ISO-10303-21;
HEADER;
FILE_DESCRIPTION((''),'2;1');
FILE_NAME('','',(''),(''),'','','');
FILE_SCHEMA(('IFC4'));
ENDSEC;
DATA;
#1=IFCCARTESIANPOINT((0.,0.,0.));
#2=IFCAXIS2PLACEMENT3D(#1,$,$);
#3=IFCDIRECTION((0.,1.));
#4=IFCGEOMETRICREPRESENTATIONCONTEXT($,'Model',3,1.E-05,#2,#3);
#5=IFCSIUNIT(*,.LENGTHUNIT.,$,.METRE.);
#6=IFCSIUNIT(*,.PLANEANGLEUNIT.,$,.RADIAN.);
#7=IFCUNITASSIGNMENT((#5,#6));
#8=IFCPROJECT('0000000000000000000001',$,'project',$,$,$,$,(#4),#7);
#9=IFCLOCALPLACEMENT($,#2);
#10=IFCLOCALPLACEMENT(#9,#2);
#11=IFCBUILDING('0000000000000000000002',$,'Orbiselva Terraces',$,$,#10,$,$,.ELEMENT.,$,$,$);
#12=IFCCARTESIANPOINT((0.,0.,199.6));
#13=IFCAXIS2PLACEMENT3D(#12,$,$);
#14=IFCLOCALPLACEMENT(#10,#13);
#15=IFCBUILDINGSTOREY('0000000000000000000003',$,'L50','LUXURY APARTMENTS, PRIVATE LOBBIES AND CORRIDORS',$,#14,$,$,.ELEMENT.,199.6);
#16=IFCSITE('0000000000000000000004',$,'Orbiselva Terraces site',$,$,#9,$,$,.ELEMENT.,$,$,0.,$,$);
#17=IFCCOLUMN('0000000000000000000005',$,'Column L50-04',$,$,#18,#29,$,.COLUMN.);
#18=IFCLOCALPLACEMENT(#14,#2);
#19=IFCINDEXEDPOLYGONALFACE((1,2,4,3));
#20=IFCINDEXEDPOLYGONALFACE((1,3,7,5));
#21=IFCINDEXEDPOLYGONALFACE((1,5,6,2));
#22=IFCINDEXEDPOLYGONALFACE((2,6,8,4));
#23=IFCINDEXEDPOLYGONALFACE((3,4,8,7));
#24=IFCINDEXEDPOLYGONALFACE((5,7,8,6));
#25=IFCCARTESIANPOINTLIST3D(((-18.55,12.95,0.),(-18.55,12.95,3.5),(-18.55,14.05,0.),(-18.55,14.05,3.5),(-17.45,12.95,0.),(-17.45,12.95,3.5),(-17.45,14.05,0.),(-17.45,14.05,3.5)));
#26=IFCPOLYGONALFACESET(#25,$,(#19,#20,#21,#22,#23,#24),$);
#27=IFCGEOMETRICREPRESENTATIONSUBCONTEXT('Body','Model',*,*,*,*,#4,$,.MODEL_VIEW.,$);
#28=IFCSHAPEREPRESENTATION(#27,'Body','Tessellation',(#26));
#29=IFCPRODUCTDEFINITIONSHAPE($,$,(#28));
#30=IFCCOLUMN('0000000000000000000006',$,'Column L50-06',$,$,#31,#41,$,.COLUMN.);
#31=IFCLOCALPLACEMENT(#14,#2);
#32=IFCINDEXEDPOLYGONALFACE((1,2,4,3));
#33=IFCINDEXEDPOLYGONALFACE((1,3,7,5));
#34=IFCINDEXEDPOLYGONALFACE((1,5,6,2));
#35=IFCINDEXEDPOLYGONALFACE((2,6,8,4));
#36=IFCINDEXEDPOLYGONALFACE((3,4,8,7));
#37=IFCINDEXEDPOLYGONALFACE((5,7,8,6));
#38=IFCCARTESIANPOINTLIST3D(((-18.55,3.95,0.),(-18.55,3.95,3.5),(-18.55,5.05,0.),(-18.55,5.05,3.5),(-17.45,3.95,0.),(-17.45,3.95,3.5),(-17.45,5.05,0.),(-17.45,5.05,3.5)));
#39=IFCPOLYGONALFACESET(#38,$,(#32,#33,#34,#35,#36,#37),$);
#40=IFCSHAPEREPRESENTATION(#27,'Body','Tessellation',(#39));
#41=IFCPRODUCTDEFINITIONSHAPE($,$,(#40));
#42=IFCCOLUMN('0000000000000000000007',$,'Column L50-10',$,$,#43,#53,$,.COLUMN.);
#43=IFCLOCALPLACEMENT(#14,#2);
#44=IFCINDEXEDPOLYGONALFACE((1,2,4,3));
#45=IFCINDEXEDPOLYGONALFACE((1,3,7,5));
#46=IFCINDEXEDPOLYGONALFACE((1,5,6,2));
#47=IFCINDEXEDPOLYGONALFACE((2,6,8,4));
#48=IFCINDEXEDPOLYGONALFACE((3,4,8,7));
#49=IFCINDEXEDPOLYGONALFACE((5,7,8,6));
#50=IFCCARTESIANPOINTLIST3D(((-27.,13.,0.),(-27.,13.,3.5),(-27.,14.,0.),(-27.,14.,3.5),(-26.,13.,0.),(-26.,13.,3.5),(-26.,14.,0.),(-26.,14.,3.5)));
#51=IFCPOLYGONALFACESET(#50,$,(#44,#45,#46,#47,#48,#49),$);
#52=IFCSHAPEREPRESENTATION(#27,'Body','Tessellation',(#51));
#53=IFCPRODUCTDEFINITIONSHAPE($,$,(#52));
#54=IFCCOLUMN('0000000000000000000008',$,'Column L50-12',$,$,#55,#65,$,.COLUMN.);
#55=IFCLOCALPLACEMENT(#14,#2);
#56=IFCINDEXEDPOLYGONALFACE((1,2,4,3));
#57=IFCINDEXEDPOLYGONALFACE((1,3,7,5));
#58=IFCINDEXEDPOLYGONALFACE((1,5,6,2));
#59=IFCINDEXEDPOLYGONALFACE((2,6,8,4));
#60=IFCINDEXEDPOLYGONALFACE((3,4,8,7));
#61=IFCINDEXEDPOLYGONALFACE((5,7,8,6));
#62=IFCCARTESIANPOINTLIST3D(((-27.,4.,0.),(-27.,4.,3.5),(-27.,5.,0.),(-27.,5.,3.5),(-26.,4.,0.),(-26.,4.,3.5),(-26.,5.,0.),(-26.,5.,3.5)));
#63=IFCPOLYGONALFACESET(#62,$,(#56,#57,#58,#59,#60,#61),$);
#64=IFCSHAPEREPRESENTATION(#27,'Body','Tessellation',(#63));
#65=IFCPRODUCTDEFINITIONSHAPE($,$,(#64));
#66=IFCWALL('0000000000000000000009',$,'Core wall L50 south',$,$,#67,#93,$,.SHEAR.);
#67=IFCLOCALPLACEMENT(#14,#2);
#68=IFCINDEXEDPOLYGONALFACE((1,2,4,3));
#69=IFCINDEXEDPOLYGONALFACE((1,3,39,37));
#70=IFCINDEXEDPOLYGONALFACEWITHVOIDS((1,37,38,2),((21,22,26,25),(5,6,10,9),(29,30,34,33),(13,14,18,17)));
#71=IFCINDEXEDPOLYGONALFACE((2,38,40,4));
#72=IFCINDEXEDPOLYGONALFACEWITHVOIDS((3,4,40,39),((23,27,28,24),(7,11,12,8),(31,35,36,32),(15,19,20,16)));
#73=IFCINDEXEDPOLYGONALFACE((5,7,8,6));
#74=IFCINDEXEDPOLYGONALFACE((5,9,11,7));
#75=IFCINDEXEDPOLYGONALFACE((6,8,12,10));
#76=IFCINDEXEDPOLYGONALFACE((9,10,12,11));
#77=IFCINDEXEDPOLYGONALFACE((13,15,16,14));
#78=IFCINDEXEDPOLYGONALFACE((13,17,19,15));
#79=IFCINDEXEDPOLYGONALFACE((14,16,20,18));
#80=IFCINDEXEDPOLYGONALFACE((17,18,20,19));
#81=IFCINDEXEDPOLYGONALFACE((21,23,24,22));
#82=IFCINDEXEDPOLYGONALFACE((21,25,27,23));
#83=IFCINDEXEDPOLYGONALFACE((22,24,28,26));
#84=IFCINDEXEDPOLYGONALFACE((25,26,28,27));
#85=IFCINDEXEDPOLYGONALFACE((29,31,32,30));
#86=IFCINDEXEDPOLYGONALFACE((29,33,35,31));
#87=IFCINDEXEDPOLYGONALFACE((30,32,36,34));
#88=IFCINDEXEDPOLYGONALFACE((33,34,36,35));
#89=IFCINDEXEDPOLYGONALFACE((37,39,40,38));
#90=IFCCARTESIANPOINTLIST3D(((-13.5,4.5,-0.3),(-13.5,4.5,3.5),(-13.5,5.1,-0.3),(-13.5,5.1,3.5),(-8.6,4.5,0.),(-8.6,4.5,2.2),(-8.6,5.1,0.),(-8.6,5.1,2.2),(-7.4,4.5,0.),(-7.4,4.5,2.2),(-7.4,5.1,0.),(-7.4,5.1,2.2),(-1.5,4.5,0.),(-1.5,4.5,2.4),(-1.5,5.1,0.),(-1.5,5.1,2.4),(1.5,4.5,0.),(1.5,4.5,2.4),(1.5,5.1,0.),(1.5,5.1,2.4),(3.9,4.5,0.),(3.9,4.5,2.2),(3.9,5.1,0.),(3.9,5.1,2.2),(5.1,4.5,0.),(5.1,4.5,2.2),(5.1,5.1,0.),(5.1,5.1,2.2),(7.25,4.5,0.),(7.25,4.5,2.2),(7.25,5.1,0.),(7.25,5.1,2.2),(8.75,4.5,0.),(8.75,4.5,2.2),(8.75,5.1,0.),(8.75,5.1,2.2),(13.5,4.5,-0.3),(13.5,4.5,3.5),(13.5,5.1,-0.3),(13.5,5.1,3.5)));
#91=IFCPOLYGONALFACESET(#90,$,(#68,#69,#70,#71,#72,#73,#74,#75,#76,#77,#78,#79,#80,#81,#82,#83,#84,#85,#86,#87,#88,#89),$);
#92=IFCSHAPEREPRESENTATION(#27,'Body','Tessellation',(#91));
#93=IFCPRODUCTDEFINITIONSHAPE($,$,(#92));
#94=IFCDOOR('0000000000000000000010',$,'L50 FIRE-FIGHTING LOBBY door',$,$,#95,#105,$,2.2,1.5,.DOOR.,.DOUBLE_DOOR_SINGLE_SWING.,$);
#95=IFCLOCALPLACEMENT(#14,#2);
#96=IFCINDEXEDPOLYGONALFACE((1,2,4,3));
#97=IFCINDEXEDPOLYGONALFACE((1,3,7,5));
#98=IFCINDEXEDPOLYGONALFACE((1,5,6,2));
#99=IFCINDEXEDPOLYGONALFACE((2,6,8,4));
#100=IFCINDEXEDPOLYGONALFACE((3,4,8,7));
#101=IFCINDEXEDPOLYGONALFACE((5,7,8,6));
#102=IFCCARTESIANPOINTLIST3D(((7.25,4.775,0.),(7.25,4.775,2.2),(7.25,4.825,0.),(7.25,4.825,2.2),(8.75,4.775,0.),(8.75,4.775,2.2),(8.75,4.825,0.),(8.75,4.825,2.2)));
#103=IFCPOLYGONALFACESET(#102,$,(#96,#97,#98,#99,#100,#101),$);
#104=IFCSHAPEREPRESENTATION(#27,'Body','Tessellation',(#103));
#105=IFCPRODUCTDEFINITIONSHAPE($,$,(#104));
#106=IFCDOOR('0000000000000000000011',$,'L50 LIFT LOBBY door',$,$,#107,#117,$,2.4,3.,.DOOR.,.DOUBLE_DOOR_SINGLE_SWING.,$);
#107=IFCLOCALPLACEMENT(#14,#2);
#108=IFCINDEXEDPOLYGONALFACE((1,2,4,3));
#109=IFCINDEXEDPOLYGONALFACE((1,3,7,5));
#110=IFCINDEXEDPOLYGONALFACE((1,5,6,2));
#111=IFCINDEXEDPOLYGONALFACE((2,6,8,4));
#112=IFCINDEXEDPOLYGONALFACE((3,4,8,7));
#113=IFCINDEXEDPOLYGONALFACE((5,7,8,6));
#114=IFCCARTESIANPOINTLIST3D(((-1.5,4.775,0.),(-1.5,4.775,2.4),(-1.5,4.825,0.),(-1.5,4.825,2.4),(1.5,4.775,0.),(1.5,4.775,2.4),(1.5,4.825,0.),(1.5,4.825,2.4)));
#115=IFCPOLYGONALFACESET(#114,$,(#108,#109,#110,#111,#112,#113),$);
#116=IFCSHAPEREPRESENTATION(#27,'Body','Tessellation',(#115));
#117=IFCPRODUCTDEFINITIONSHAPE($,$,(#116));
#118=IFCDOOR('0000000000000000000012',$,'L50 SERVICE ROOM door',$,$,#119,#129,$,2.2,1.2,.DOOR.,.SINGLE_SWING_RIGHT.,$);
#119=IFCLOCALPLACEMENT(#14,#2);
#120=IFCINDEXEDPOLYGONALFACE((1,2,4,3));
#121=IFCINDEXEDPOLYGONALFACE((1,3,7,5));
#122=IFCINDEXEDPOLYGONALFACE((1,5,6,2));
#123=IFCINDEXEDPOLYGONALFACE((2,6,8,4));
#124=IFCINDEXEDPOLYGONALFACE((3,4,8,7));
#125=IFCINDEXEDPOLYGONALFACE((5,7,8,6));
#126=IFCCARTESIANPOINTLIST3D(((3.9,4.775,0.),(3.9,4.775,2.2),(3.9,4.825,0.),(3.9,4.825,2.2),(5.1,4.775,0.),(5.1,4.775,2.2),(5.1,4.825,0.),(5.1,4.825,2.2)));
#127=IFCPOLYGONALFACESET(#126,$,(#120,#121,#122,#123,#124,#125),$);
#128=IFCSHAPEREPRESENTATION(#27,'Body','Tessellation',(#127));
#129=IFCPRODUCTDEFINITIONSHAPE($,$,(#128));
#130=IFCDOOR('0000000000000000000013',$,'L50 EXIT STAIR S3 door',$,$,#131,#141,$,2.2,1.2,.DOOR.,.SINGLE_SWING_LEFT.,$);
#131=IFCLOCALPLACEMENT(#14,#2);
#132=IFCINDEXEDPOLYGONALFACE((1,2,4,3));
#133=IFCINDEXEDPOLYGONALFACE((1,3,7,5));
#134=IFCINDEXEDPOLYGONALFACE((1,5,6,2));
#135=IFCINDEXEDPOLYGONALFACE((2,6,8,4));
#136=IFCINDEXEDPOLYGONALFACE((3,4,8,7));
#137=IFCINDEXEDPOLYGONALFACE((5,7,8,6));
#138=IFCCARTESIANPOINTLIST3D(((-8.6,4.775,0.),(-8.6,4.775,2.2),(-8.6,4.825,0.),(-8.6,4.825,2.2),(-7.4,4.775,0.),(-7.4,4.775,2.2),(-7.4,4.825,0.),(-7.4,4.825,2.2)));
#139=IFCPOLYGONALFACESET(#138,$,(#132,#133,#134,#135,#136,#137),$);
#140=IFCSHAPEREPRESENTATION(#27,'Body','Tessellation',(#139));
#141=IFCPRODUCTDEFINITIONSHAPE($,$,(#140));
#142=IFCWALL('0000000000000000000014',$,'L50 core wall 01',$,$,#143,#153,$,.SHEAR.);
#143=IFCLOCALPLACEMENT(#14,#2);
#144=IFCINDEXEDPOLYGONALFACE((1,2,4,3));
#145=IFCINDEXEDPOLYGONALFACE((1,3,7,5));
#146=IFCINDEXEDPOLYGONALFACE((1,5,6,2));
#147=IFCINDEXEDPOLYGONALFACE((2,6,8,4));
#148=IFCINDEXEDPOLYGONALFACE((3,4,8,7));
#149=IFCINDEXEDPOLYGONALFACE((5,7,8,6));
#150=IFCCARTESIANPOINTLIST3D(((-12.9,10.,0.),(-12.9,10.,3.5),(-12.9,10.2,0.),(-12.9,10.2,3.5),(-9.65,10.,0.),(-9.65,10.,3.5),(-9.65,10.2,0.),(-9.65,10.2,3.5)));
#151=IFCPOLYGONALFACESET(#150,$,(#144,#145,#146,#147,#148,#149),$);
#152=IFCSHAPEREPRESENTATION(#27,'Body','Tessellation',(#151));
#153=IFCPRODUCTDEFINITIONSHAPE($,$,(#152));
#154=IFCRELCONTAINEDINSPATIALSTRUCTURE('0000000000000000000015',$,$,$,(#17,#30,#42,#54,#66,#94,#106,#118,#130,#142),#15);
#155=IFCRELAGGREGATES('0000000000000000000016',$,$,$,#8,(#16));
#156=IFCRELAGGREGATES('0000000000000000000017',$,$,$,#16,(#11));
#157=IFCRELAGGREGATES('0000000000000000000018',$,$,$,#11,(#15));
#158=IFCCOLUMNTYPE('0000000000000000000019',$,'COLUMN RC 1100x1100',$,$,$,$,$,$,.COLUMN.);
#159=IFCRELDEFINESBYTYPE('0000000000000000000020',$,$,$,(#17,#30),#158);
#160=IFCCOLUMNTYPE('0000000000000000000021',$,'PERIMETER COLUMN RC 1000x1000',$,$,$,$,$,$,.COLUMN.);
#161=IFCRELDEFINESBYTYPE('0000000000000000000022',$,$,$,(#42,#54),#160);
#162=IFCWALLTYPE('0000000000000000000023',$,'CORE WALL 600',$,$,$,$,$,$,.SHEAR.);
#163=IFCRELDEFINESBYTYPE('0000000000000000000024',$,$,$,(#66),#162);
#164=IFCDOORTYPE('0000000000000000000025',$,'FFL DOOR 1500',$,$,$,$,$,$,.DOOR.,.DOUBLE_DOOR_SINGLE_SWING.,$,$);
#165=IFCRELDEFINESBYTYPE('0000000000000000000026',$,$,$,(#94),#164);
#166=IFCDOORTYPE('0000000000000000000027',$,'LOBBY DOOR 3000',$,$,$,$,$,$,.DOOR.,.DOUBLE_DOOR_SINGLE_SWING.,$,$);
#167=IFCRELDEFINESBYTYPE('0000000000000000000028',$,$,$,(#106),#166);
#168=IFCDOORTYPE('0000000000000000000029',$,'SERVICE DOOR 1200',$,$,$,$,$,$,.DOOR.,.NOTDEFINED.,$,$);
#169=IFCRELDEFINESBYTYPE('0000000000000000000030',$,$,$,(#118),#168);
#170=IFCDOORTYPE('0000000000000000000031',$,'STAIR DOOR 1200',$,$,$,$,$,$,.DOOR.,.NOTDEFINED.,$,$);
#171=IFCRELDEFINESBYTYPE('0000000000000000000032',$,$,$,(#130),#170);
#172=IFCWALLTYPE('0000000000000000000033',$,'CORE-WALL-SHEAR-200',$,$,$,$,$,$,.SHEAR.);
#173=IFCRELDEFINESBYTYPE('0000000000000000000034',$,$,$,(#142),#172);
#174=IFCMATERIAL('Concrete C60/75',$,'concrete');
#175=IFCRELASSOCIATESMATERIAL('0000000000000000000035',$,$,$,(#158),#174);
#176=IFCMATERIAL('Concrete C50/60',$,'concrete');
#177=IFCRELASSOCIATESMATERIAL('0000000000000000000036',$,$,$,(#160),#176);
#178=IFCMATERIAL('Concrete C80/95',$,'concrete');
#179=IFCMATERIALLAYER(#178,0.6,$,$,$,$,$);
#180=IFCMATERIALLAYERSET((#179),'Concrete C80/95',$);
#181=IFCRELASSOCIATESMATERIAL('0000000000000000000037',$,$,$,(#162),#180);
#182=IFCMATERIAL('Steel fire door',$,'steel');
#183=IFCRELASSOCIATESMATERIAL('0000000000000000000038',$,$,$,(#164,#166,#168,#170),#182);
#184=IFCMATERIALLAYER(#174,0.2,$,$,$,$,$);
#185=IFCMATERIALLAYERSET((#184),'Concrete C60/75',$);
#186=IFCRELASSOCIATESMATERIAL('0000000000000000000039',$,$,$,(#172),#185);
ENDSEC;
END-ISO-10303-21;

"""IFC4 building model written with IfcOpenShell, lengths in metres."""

from ifc_helpers import new_model, si_unit, direction, frame, frame_2d, origin, origin_2d, place, context, subcontext, project, spatial, rectangle, extrude, material, layer, layer_set, material_profile, profile_set, type_object, element, fill, save


model = new_model("IFC4")

# Units and contexts
model_context = context("Model", 3, precision=1e-05, world=origin(), true_north=direction((0.0, 1.0)))
body_context = subcontext(model_context, "Body", "Model", "MODEL_VIEW")
ifc_project = project(units=[si_unit("LENGTHUNIT", "METRE"), si_unit("PLANEANGLEUNIT", "RADIAN")], contexts=[model_context])

# Site, building, storey
site_placement = place(None, origin())
site = spatial("IfcSite", under=ifc_project, at=site_placement, Name="Orbiselva Terraces site", CompositionType="ELEMENT", RefElevation=0.0)
building_placement = place(site_placement, origin())
building = spatial("IfcBuilding", under=site, at=building_placement, Name="Orbiselva Terraces", CompositionType="ELEMENT")
storey_placement = place(building_placement, frame((0.0, 0.0, 199.6)))
storey = spatial("IfcBuildingStorey", under=building, at=storey_placement, Name="L50", Description="LUXURY APARTMENTS, PRIVATE LOBBIES AND CORRIDORS", CompositionType="ELEMENT", Elevation=199.6)

# Columns
ifc_material_1 = material(Name="Concrete C60/75", Category="concrete")
ifc_material_profile_1 = material_profile(ifc_material_1, rectangle(XDim=1.1, YDim=1.1, at=origin_2d()), Name="RC 1100x1100")
ifc_profile_set_1 = profile_set([ifc_material_profile_1], Name="Concrete C60/75")
column_type_1 = type_object("IfcColumnType", Name="COLUMN RC 1100x1100", PredefinedType="COLUMN", material=ifc_profile_set_1)
for number, where, z_axis, x_axis, name in (
    (1, (-18.0, 13.5, 0.0), (0.0, 0.0, 1.0), (1.0, 0.0, 0.0), "Column L50-04"),
    (2, (-18.0, 4.5, 0.0), (0.0, 0.0, 1.0), (1.0, 0.0, 0.0), "Column L50-06"),
):
    element("IfcColumn", number, at=place(storey_placement, frame(where, z_axis=z_axis, x_axis=x_axis)), inside=storey, type_object=column_type_1, Name=name, PredefinedType="COLUMN", context=body_context, shape_type="SweptSolid", body=[
        extrude(rectangle(XDim=1.1, YDim=1.1, at=origin_2d()), origin(), (0.0, 0.0, 1.0), 3.5),
    ])
ifc_material_2 = material(Name="Concrete C50/60", Category="concrete")
ifc_material_profile_2 = material_profile(ifc_material_2, rectangle(XDim=1.0, YDim=1.0, at=origin_2d()), Name="RC 1000x1000")
ifc_profile_set_2 = profile_set([ifc_material_profile_2], Name="Concrete C50/60")
column_type_2 = type_object("IfcColumnType", Name="PERIMETER COLUMN RC 1000x1000", PredefinedType="COLUMN", material=ifc_profile_set_2)
for number, where, z_axis, x_axis, name in (
    (3, (-26.5, 13.5, 0.0), (0.0, 0.0, 1.0), (1.0, 0.0, 0.0), "Column L50-10"),
    (4, (-26.5, 4.5, 0.0), (0.0, 0.0, 1.0), (1.0, 0.0, 0.0), "Column L50-12"),
):
    element("IfcColumn", number, at=place(storey_placement, frame(where, z_axis=z_axis, x_axis=x_axis)), inside=storey, type_object=column_type_2, Name=name, PredefinedType="COLUMN", context=body_context, shape_type="SweptSolid", body=[
        extrude(rectangle(XDim=1.0, YDim=1.0, at=origin_2d()), origin(), (0.0, 0.0, 1.0), 3.5),
    ])

# Wall, openings, doors
ifc_material_3 = material(Name="Concrete C80/95", Category="concrete")
ifc_layer_1 = layer(ifc_material_3, 0.6)
ifc_layer_set_1 = layer_set([ifc_layer_1], Name="Concrete C80/95")
wall_type_1 = type_object("IfcWallType", Name="CORE WALL 600", PredefinedType="SHEAR", material=ifc_layer_set_1)
wall_1_placement = place(storey_placement, frame((-13.5, 4.8, -0.3), z_axis=(0.0, 0.0, 1.0), x_axis=(1.0, 0.0, 0.0)))
wall_1 = element("IfcWall", 5, at=wall_1_placement, inside=storey, type_object=wall_type_1, Name="Core wall L50 south", PredefinedType="SHEAR", context=body_context, shape_type="SweptSolid", body=[
    extrude(rectangle(XDim=27.0, YDim=0.6, at=frame_2d((13.5, 0.0))), origin(), (0.0, 0.0, 1.0), 3.8),
])
opening_1_placement = place(wall_1_placement, frame((12.0, 0.0, 0.3)))
opening_1 = element("IfcOpeningElement", 6, at=opening_1_placement, cuts=wall_1, PredefinedType="OPENING", context=body_context, shape_type="SweptSolid", body=[
    extrude(rectangle(XDim=3.0, YDim=2.4, at=frame_2d((1.5, 1.2))), frame((0.0, 0.31, 0.0), z_axis=(0.0, -1.0, 0.0), x_axis=(1.0, 0.0, 0.0)), (0.0, 0.0, 1.0), 0.62),
])
opening_2_placement = place(wall_1_placement, frame((4.9, 0.0, 0.3)))
opening_2 = element("IfcOpeningElement", 7, at=opening_2_placement, cuts=wall_1, PredefinedType="OPENING", context=body_context, shape_type="SweptSolid", body=[
    extrude(rectangle(XDim=1.2, YDim=2.2, at=frame_2d((0.6, 1.1))), frame((0.0, 0.31, 0.0), z_axis=(0.0, -1.0, 0.0), x_axis=(1.0, 0.0, 0.0)), (0.0, 0.0, 1.0), 0.62),
])
opening_3_placement = place(wall_1_placement, frame((20.75, 0.0, 0.3)))
opening_3 = element("IfcOpeningElement", 8, at=opening_3_placement, cuts=wall_1, PredefinedType="OPENING", context=body_context, shape_type="SweptSolid", body=[
    extrude(rectangle(XDim=1.5, YDim=2.2, at=frame_2d((0.75, 1.1))), frame((0.0, 0.31, 0.0), z_axis=(0.0, -1.0, 0.0), x_axis=(1.0, 0.0, 0.0)), (0.0, 0.0, 1.0), 0.62),
])
opening_4_placement = place(wall_1_placement, frame((17.4, 0.0, 0.3)))
opening_4 = element("IfcOpeningElement", 9, at=opening_4_placement, cuts=wall_1, PredefinedType="OPENING", context=body_context, shape_type="SweptSolid", body=[
    extrude(rectangle(XDim=1.2, YDim=2.2, at=frame_2d((0.6, 1.1))), frame((0.0, 0.31, 0.0), z_axis=(0.0, -1.0, 0.0), x_axis=(1.0, 0.0, 0.0)), (0.0, 0.0, 1.0), 0.62),
])
ifc_material_4 = material(Name="Steel fire door", Category="steel")
door_type_1 = type_object("IfcDoorType", Name="FFL DOOR 1500", OperationType="DOUBLE_DOOR_SINGLE_SWING", PredefinedType="DOOR", material=ifc_material_4)
door_1_placement = place(opening_3_placement, frame((1.5, 0.0, 0.0), z_axis=(0.0, 0.0, 1.0), x_axis=(-1.0, 0.0, 0.0)))
door_1 = element("IfcDoor", 10, at=door_1_placement, inside=storey, type_object=door_type_1, Name="L50 FIRE-FIGHTING LOBBY door", OperationType="DOUBLE_DOOR_SINGLE_SWING", OverallHeight=2.2, OverallWidth=1.5, PredefinedType="DOOR", context=body_context, shape_type="SweptSolid", body=[
    extrude(rectangle(XDim=1.5, YDim=2.2, at=frame_2d((0.75, 1.1))), frame((0.0, 0.025, 0.0), z_axis=(0.0, -1.0, 0.0), x_axis=(1.0, 0.0, 0.0)), (0.0, 0.0, 1.0), 0.05),
])
fill(opening_3, door_1)
door_type_2 = type_object("IfcDoorType", Name="LOBBY DOOR 3000", OperationType="DOUBLE_DOOR_SINGLE_SWING", PredefinedType="DOOR", material=ifc_material_4)
door_2_placement = place(opening_1_placement, frame((3.0, 0.0, 0.0), z_axis=(0.0, 0.0, 1.0), x_axis=(-1.0, 0.0, 0.0)))
door_2 = element("IfcDoor", 11, at=door_2_placement, inside=storey, type_object=door_type_2, Name="L50 LIFT LOBBY door", OperationType="DOUBLE_DOOR_SINGLE_SWING", OverallHeight=2.4, OverallWidth=3.0, PredefinedType="DOOR", context=body_context, shape_type="SweptSolid", body=[
    extrude(rectangle(XDim=3.0, YDim=2.4, at=frame_2d((1.5, 1.2))), frame((0.0, 0.025, 0.0), z_axis=(0.0, -1.0, 0.0), x_axis=(1.0, 0.0, 0.0)), (0.0, 0.0, 1.0), 0.05),
])
fill(opening_1, door_2)
door_type_3 = type_object("IfcDoorType", Name="SERVICE DOOR 1200", OperationType="NOTDEFINED", PredefinedType="DOOR", material=ifc_material_4)
door_3_placement = place(opening_4_placement, frame((1.2, 0.0, 0.0), z_axis=(0.0, 0.0, 1.0), x_axis=(-1.0, 0.0, 0.0)))
door_3 = element("IfcDoor", 12, at=door_3_placement, inside=storey, type_object=door_type_3, Name="L50 SERVICE ROOM door", OperationType="SINGLE_SWING_RIGHT", OverallHeight=2.2, OverallWidth=1.2, PredefinedType="DOOR", context=body_context, shape_type="SweptSolid", body=[
    extrude(rectangle(XDim=1.2, YDim=2.2, at=frame_2d((0.6, 1.1))), frame((0.0, 0.025, 0.0), z_axis=(0.0, -1.0, 0.0), x_axis=(1.0, 0.0, 0.0)), (0.0, 0.0, 1.0), 0.05),
])
fill(opening_4, door_3)
door_type_4 = type_object("IfcDoorType", Name="STAIR DOOR 1200", OperationType="NOTDEFINED", PredefinedType="DOOR", material=ifc_material_4)
door_4_placement = place(opening_2_placement, frame((1.2, 0.0, 0.0), z_axis=(0.0, 0.0, 1.0), x_axis=(-1.0, 0.0, 0.0)))
door_4 = element("IfcDoor", 13, at=door_4_placement, inside=storey, type_object=door_type_4, Name="L50 EXIT STAIR S3 door", OperationType="SINGLE_SWING_LEFT", OverallHeight=2.2, OverallWidth=1.2, PredefinedType="DOOR", context=body_context, shape_type="SweptSolid", body=[
    extrude(rectangle(XDim=1.2, YDim=2.2, at=frame_2d((0.6, 1.1))), frame((0.0, 0.025, 0.0), z_axis=(0.0, -1.0, 0.0), x_axis=(1.0, 0.0, 0.0)), (0.0, 0.0, 1.0), 0.05),
])
fill(opening_2, door_4)

# Wall
ifc_layer_2 = layer(ifc_material_1, 0.2)
ifc_layer_set_2 = layer_set([ifc_layer_2], Name="Concrete C60/75")
wall_type_2 = type_object("IfcWallType", Name="CORE-WALL-SHEAR-200", PredefinedType="SHEAR", material=ifc_layer_set_2)
wall_2_placement = place(storey_placement, frame((-12.9, 10.1, 0.0), z_axis=(0.0, 0.0, 1.0), x_axis=(1.0, 0.0, 0.0)))
element("IfcWall", 14, at=wall_2_placement, inside=storey, type_object=wall_type_2, Name="L50 core wall 01", PredefinedType="SHEAR", context=body_context, shape_type="SweptSolid", body=[
    extrude(rectangle(XDim=3.25, YDim=0.2, at=frame_2d((1.625, 0.0))), origin(), (0.0, 0.0, 1.0), 3.5),
])

save(model, "model.ifc")
